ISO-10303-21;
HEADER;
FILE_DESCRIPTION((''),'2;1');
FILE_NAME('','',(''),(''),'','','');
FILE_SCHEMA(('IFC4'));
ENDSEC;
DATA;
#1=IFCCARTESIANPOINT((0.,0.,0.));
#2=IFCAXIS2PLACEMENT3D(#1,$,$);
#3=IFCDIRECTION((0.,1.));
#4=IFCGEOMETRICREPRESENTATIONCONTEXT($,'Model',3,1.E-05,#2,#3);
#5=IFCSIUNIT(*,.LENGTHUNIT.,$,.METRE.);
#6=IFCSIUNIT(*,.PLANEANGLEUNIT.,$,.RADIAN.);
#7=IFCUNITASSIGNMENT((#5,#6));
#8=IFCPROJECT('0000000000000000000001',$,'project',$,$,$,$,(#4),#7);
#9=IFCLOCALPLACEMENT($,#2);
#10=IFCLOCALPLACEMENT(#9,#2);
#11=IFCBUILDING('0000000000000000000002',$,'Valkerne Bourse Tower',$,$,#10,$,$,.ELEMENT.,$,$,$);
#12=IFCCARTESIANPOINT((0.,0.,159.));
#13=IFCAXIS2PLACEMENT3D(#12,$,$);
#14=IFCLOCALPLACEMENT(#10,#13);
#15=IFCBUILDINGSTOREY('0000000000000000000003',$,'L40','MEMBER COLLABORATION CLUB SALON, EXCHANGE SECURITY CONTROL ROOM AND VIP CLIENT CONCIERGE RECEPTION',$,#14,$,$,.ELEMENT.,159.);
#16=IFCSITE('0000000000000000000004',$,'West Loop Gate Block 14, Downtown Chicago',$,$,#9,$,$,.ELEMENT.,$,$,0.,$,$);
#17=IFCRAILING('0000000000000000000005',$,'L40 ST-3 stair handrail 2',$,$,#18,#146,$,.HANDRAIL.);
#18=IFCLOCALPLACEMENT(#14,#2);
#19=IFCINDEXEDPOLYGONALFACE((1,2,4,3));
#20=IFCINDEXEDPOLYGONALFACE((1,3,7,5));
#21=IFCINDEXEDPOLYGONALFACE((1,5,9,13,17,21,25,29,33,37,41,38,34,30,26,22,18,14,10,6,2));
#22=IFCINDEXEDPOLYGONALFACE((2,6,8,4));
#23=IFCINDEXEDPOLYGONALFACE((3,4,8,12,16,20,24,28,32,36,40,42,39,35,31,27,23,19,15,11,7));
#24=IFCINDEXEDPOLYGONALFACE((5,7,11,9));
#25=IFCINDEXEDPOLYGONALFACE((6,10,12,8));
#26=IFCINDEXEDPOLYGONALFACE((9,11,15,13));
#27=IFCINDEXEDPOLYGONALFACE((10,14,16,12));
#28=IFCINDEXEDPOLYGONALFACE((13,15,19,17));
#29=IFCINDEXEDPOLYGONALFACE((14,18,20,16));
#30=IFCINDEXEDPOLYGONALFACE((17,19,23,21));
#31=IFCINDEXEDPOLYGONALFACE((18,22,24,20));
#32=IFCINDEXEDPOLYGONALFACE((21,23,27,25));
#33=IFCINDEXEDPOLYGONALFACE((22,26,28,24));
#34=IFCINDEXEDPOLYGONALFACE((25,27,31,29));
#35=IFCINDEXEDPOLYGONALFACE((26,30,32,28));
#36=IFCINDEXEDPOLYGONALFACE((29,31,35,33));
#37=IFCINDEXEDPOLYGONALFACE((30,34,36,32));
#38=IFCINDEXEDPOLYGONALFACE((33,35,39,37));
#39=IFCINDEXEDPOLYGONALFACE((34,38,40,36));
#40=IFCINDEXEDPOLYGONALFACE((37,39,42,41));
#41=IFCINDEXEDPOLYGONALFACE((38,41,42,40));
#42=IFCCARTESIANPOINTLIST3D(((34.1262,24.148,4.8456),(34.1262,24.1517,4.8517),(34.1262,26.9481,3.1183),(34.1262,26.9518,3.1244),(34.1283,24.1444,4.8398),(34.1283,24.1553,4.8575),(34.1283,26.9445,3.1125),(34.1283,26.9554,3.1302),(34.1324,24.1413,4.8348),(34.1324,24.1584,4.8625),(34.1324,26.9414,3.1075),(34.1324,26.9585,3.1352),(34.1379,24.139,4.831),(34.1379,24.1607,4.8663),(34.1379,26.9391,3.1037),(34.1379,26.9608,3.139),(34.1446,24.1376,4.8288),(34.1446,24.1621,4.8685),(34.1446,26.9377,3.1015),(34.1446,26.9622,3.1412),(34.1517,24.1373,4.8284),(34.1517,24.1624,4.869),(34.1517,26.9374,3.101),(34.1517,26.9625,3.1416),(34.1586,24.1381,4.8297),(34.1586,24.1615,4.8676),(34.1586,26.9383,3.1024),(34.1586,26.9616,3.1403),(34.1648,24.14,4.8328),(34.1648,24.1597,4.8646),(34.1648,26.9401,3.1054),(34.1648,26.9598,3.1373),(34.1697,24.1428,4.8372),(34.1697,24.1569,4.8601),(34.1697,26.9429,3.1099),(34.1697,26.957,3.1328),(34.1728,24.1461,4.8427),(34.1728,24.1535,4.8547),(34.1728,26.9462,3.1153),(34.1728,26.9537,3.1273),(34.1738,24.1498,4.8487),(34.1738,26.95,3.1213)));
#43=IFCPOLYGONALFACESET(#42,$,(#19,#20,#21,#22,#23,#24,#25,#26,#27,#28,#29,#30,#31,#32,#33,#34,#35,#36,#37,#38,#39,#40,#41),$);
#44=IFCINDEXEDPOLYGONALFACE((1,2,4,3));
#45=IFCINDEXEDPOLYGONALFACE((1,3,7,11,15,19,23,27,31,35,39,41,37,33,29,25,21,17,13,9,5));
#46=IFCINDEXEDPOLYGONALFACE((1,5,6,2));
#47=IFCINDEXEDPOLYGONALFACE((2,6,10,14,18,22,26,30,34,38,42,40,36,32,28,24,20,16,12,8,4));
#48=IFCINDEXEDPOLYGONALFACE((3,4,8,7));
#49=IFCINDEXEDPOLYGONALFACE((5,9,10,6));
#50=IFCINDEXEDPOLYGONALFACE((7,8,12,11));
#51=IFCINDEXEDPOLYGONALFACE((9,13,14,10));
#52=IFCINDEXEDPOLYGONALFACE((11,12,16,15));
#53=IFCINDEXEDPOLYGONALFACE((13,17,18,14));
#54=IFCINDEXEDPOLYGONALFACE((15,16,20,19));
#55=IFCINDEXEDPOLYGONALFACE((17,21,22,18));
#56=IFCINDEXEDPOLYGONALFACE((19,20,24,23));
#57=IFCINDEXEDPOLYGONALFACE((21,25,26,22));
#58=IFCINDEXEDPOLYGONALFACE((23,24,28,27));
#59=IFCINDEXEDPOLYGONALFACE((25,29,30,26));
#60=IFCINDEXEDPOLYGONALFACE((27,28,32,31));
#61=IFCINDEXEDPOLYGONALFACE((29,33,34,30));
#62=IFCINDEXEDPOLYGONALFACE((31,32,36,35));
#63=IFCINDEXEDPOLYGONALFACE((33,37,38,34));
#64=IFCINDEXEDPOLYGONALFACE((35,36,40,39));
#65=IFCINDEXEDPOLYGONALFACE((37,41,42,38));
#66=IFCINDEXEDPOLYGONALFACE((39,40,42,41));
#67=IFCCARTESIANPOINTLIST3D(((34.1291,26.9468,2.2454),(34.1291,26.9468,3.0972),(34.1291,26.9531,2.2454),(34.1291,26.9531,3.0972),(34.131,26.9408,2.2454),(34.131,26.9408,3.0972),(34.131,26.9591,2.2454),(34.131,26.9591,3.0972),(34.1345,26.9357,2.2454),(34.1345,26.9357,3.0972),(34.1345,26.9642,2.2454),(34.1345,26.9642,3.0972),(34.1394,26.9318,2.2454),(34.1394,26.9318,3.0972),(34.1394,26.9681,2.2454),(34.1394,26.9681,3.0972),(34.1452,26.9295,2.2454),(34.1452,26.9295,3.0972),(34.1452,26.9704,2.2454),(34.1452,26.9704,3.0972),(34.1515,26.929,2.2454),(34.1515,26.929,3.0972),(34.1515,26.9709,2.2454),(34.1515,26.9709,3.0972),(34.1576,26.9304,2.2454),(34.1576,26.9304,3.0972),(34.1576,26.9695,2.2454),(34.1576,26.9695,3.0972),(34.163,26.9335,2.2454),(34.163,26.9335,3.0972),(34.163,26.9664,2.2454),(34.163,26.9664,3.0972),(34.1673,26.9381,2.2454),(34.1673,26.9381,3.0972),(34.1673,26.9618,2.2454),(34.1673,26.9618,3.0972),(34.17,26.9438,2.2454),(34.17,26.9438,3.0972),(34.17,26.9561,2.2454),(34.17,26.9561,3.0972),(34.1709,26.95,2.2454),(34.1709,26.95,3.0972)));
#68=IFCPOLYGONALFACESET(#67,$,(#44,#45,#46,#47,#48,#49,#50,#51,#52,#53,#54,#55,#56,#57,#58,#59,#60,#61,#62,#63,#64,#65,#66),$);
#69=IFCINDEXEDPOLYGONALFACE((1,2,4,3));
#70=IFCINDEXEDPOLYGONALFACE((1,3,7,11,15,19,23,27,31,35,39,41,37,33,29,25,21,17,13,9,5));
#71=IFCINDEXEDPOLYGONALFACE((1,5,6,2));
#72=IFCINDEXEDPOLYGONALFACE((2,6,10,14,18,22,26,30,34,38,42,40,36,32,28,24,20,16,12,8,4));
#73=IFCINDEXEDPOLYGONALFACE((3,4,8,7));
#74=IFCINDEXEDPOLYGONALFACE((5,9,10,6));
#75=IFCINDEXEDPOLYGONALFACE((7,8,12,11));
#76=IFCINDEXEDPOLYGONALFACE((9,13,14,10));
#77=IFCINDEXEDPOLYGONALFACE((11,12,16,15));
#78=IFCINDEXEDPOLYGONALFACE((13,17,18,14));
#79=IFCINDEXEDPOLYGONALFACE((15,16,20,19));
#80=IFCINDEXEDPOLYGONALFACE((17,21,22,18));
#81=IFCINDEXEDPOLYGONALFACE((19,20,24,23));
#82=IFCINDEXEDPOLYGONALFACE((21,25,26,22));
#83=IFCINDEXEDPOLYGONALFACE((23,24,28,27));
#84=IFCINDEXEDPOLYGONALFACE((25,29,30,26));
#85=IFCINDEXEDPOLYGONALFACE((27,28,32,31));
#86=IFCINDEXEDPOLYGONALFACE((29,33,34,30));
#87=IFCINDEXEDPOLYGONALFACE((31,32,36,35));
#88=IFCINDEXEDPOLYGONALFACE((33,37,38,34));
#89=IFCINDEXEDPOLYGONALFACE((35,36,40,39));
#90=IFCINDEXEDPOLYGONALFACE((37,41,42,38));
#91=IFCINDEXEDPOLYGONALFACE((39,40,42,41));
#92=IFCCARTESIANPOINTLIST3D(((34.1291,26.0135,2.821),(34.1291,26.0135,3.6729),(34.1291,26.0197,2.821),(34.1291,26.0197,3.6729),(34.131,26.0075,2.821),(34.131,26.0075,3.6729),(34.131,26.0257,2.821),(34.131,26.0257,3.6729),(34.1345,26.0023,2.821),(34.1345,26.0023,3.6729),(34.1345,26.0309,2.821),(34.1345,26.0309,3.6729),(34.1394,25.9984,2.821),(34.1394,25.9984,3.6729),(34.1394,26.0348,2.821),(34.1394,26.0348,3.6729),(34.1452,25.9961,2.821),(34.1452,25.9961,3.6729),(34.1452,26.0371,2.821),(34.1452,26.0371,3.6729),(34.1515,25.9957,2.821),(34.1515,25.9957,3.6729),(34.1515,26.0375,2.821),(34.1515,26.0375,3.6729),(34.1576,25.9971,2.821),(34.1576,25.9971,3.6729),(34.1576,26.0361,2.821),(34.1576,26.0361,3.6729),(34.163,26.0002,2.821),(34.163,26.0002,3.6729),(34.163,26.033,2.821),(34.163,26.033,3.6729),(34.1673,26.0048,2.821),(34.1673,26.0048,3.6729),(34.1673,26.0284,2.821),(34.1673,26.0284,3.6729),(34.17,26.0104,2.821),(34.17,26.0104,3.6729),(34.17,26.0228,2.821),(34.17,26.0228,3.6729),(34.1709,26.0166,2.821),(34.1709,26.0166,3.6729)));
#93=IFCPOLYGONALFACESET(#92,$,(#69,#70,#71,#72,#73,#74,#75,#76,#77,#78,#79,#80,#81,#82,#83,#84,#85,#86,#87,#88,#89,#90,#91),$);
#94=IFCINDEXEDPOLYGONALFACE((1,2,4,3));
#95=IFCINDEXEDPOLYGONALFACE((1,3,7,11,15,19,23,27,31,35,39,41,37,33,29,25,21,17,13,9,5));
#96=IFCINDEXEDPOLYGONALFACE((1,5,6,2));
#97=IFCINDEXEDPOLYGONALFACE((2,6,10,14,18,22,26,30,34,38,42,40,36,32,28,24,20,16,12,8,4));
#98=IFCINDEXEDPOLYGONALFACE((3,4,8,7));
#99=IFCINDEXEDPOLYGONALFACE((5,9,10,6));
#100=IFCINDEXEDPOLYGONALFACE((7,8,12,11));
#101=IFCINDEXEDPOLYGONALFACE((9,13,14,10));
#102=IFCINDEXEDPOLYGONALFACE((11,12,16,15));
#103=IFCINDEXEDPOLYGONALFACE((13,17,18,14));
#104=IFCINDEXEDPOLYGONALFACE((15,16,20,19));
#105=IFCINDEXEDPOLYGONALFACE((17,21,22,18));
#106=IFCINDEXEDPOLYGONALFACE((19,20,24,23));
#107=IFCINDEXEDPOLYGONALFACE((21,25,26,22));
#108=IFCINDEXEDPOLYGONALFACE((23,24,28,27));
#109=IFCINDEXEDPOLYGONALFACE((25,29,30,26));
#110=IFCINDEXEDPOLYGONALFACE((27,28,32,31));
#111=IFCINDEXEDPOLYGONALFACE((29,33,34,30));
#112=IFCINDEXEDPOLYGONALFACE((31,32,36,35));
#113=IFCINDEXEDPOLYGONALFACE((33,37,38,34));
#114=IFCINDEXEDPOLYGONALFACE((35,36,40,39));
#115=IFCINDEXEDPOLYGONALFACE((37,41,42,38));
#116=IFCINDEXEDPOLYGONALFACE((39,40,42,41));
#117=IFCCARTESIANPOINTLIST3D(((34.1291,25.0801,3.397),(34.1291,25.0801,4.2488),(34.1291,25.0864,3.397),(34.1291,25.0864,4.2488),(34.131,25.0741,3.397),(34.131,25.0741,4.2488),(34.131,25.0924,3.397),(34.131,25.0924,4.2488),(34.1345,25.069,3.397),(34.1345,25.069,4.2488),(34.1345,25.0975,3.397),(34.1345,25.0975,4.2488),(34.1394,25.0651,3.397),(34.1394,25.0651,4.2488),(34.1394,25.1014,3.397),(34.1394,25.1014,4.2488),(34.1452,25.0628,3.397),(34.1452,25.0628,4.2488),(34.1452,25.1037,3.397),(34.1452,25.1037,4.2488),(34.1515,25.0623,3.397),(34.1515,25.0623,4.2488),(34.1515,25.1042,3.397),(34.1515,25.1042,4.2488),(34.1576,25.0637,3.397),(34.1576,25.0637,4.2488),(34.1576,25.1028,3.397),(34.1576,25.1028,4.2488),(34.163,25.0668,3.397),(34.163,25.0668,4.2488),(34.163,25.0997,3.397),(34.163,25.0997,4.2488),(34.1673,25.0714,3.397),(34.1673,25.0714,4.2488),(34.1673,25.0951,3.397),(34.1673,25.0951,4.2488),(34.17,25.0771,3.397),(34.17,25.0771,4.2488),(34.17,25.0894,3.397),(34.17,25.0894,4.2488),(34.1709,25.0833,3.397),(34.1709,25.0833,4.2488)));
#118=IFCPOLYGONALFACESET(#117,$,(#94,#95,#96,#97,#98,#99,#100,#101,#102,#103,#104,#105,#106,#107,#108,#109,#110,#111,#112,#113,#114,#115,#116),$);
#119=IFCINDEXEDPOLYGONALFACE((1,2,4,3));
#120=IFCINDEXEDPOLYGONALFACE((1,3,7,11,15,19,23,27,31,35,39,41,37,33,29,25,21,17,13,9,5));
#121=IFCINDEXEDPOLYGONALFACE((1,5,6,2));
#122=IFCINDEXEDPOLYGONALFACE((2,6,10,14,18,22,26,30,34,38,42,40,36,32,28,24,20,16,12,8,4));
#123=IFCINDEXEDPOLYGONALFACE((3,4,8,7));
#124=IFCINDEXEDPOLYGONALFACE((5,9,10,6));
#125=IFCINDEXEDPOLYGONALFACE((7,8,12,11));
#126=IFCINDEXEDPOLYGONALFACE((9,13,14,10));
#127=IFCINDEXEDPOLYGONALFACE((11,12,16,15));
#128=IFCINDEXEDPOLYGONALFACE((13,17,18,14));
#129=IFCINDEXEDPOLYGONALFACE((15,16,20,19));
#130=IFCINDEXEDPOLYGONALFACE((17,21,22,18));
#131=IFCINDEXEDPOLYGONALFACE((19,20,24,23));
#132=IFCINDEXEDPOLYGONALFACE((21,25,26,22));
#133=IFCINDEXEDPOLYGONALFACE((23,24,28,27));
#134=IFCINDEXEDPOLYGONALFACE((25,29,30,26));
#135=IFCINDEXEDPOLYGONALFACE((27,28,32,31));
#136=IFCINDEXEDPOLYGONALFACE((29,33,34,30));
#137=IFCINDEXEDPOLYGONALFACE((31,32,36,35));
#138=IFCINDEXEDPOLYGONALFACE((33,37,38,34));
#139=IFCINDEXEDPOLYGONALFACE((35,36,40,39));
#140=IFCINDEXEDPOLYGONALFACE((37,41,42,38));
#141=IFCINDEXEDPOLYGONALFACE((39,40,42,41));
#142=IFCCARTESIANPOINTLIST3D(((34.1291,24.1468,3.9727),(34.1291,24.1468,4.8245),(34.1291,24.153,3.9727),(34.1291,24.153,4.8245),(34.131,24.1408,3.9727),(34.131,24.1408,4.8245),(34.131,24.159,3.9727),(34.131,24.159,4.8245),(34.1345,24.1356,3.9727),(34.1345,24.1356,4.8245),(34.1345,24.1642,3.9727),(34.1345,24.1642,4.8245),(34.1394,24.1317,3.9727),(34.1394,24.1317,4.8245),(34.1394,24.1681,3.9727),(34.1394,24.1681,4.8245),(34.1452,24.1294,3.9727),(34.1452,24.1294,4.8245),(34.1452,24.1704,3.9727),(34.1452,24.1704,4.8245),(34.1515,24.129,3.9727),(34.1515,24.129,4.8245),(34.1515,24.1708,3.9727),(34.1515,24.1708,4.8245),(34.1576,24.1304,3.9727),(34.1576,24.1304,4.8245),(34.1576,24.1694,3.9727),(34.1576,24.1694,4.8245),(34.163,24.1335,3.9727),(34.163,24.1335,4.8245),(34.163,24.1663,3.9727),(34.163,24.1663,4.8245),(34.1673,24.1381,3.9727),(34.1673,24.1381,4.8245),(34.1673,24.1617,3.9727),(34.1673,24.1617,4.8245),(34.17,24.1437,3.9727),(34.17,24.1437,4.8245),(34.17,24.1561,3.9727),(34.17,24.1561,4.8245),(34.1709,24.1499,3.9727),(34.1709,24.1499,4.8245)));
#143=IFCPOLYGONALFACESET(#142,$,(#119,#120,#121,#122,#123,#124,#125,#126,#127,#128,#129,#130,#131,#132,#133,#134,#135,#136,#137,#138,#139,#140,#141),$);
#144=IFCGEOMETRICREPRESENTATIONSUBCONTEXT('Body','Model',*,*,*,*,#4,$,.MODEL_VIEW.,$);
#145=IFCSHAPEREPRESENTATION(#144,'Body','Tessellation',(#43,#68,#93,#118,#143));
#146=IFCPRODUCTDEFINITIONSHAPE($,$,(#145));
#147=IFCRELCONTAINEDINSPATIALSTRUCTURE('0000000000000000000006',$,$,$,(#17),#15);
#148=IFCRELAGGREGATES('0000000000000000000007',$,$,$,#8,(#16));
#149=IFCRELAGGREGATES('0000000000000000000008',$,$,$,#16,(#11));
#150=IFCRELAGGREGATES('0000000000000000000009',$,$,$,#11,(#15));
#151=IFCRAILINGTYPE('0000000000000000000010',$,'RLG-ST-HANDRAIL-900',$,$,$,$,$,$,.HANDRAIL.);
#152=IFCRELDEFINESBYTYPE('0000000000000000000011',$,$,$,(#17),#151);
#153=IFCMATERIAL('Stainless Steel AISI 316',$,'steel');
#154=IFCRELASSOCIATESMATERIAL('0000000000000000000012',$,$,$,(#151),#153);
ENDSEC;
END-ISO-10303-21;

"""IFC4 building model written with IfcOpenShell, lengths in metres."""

from ifc_helpers import new_model, si_unit, direction, frame, origin, origin_2d, place, context, subcontext, project, spatial, circle, extrude, material, type_object, element, save


model = new_model("IFC4")

# Units and contexts
model_context = context("Model", 3, precision=1e-05, world=origin(), true_north=direction((0.0, 1.0)))
body_context = subcontext(model_context, "Body", "Model", "MODEL_VIEW")
ifc_project = project(units=[si_unit("LENGTHUNIT", "METRE"), si_unit("PLANEANGLEUNIT", "RADIAN")], contexts=[model_context])

# Site, building, storey
site_placement = place(None, origin())
site = spatial("IfcSite", under=ifc_project, at=site_placement, Name="West Loop Gate Block 14, Downtown Chicago", CompositionType="ELEMENT", RefElevation=0.0)
building_placement = place(site_placement, origin())
building = spatial("IfcBuilding", under=site, at=building_placement, Name="Valkerne Bourse Tower", CompositionType="ELEMENT")
storey_placement = place(building_placement, frame((0.0, 0.0, 159.0)))
storey = spatial("IfcBuildingStorey", under=building, at=storey_placement, Name="L40", Description="MEMBER COLLABORATION CLUB SALON, EXCHANGE SECURITY CONTROL ROOM AND VIP CLIENT CONCIERGE RECEPTION", CompositionType="ELEMENT", Elevation=159.0)

# Railing
ifc_material_1 = material(Name="Stainless Steel AISI 316", Category="steel")
railing_type_1 = type_object("IfcRailingType", Name="RLG-ST-HANDRAIL-900", PredefinedType="HANDRAIL", material=ifc_material_1)
railing_1_placement = place(storey_placement, frame((34.1499, 26.95, 2.2454)))
element("IfcRailing", 1, at=railing_1_placement, inside=storey, type_object=railing_type_1, Name="L40 ST-3 stair handrail 2", PredefinedType="HANDRAIL", context=body_context, shape_type="SweptSolid", body=[
    extrude(circle(Radius=0.0239, at=origin_2d()), frame((0.0, 0.0, 0.876), z_axis=(0.0, -0.85109, 0.52502), x_axis=(1.0, 0.0, 0.0)), (0.0, 0.0, 1.0), 3.29),
    extrude(circle(Radius=0.021, at=origin_2d()), origin(), (0.0, 0.0, 1.0), 0.8518),
    extrude(circle(Radius=0.021, at=origin_2d()), frame((0.0, -0.9333, 0.5757)), (0.0, 0.0, 1.0), 0.8518),
    extrude(circle(Radius=0.021, at=origin_2d()), frame((0.0, -1.8667, 1.1516)), (0.0, 0.0, 1.0), 0.8518),
    extrude(circle(Radius=0.021, at=origin_2d()), frame((0.0, -2.8, 1.7273)), (0.0, 0.0, 1.0), 0.8518),
])

save(model, "model.ifc")
